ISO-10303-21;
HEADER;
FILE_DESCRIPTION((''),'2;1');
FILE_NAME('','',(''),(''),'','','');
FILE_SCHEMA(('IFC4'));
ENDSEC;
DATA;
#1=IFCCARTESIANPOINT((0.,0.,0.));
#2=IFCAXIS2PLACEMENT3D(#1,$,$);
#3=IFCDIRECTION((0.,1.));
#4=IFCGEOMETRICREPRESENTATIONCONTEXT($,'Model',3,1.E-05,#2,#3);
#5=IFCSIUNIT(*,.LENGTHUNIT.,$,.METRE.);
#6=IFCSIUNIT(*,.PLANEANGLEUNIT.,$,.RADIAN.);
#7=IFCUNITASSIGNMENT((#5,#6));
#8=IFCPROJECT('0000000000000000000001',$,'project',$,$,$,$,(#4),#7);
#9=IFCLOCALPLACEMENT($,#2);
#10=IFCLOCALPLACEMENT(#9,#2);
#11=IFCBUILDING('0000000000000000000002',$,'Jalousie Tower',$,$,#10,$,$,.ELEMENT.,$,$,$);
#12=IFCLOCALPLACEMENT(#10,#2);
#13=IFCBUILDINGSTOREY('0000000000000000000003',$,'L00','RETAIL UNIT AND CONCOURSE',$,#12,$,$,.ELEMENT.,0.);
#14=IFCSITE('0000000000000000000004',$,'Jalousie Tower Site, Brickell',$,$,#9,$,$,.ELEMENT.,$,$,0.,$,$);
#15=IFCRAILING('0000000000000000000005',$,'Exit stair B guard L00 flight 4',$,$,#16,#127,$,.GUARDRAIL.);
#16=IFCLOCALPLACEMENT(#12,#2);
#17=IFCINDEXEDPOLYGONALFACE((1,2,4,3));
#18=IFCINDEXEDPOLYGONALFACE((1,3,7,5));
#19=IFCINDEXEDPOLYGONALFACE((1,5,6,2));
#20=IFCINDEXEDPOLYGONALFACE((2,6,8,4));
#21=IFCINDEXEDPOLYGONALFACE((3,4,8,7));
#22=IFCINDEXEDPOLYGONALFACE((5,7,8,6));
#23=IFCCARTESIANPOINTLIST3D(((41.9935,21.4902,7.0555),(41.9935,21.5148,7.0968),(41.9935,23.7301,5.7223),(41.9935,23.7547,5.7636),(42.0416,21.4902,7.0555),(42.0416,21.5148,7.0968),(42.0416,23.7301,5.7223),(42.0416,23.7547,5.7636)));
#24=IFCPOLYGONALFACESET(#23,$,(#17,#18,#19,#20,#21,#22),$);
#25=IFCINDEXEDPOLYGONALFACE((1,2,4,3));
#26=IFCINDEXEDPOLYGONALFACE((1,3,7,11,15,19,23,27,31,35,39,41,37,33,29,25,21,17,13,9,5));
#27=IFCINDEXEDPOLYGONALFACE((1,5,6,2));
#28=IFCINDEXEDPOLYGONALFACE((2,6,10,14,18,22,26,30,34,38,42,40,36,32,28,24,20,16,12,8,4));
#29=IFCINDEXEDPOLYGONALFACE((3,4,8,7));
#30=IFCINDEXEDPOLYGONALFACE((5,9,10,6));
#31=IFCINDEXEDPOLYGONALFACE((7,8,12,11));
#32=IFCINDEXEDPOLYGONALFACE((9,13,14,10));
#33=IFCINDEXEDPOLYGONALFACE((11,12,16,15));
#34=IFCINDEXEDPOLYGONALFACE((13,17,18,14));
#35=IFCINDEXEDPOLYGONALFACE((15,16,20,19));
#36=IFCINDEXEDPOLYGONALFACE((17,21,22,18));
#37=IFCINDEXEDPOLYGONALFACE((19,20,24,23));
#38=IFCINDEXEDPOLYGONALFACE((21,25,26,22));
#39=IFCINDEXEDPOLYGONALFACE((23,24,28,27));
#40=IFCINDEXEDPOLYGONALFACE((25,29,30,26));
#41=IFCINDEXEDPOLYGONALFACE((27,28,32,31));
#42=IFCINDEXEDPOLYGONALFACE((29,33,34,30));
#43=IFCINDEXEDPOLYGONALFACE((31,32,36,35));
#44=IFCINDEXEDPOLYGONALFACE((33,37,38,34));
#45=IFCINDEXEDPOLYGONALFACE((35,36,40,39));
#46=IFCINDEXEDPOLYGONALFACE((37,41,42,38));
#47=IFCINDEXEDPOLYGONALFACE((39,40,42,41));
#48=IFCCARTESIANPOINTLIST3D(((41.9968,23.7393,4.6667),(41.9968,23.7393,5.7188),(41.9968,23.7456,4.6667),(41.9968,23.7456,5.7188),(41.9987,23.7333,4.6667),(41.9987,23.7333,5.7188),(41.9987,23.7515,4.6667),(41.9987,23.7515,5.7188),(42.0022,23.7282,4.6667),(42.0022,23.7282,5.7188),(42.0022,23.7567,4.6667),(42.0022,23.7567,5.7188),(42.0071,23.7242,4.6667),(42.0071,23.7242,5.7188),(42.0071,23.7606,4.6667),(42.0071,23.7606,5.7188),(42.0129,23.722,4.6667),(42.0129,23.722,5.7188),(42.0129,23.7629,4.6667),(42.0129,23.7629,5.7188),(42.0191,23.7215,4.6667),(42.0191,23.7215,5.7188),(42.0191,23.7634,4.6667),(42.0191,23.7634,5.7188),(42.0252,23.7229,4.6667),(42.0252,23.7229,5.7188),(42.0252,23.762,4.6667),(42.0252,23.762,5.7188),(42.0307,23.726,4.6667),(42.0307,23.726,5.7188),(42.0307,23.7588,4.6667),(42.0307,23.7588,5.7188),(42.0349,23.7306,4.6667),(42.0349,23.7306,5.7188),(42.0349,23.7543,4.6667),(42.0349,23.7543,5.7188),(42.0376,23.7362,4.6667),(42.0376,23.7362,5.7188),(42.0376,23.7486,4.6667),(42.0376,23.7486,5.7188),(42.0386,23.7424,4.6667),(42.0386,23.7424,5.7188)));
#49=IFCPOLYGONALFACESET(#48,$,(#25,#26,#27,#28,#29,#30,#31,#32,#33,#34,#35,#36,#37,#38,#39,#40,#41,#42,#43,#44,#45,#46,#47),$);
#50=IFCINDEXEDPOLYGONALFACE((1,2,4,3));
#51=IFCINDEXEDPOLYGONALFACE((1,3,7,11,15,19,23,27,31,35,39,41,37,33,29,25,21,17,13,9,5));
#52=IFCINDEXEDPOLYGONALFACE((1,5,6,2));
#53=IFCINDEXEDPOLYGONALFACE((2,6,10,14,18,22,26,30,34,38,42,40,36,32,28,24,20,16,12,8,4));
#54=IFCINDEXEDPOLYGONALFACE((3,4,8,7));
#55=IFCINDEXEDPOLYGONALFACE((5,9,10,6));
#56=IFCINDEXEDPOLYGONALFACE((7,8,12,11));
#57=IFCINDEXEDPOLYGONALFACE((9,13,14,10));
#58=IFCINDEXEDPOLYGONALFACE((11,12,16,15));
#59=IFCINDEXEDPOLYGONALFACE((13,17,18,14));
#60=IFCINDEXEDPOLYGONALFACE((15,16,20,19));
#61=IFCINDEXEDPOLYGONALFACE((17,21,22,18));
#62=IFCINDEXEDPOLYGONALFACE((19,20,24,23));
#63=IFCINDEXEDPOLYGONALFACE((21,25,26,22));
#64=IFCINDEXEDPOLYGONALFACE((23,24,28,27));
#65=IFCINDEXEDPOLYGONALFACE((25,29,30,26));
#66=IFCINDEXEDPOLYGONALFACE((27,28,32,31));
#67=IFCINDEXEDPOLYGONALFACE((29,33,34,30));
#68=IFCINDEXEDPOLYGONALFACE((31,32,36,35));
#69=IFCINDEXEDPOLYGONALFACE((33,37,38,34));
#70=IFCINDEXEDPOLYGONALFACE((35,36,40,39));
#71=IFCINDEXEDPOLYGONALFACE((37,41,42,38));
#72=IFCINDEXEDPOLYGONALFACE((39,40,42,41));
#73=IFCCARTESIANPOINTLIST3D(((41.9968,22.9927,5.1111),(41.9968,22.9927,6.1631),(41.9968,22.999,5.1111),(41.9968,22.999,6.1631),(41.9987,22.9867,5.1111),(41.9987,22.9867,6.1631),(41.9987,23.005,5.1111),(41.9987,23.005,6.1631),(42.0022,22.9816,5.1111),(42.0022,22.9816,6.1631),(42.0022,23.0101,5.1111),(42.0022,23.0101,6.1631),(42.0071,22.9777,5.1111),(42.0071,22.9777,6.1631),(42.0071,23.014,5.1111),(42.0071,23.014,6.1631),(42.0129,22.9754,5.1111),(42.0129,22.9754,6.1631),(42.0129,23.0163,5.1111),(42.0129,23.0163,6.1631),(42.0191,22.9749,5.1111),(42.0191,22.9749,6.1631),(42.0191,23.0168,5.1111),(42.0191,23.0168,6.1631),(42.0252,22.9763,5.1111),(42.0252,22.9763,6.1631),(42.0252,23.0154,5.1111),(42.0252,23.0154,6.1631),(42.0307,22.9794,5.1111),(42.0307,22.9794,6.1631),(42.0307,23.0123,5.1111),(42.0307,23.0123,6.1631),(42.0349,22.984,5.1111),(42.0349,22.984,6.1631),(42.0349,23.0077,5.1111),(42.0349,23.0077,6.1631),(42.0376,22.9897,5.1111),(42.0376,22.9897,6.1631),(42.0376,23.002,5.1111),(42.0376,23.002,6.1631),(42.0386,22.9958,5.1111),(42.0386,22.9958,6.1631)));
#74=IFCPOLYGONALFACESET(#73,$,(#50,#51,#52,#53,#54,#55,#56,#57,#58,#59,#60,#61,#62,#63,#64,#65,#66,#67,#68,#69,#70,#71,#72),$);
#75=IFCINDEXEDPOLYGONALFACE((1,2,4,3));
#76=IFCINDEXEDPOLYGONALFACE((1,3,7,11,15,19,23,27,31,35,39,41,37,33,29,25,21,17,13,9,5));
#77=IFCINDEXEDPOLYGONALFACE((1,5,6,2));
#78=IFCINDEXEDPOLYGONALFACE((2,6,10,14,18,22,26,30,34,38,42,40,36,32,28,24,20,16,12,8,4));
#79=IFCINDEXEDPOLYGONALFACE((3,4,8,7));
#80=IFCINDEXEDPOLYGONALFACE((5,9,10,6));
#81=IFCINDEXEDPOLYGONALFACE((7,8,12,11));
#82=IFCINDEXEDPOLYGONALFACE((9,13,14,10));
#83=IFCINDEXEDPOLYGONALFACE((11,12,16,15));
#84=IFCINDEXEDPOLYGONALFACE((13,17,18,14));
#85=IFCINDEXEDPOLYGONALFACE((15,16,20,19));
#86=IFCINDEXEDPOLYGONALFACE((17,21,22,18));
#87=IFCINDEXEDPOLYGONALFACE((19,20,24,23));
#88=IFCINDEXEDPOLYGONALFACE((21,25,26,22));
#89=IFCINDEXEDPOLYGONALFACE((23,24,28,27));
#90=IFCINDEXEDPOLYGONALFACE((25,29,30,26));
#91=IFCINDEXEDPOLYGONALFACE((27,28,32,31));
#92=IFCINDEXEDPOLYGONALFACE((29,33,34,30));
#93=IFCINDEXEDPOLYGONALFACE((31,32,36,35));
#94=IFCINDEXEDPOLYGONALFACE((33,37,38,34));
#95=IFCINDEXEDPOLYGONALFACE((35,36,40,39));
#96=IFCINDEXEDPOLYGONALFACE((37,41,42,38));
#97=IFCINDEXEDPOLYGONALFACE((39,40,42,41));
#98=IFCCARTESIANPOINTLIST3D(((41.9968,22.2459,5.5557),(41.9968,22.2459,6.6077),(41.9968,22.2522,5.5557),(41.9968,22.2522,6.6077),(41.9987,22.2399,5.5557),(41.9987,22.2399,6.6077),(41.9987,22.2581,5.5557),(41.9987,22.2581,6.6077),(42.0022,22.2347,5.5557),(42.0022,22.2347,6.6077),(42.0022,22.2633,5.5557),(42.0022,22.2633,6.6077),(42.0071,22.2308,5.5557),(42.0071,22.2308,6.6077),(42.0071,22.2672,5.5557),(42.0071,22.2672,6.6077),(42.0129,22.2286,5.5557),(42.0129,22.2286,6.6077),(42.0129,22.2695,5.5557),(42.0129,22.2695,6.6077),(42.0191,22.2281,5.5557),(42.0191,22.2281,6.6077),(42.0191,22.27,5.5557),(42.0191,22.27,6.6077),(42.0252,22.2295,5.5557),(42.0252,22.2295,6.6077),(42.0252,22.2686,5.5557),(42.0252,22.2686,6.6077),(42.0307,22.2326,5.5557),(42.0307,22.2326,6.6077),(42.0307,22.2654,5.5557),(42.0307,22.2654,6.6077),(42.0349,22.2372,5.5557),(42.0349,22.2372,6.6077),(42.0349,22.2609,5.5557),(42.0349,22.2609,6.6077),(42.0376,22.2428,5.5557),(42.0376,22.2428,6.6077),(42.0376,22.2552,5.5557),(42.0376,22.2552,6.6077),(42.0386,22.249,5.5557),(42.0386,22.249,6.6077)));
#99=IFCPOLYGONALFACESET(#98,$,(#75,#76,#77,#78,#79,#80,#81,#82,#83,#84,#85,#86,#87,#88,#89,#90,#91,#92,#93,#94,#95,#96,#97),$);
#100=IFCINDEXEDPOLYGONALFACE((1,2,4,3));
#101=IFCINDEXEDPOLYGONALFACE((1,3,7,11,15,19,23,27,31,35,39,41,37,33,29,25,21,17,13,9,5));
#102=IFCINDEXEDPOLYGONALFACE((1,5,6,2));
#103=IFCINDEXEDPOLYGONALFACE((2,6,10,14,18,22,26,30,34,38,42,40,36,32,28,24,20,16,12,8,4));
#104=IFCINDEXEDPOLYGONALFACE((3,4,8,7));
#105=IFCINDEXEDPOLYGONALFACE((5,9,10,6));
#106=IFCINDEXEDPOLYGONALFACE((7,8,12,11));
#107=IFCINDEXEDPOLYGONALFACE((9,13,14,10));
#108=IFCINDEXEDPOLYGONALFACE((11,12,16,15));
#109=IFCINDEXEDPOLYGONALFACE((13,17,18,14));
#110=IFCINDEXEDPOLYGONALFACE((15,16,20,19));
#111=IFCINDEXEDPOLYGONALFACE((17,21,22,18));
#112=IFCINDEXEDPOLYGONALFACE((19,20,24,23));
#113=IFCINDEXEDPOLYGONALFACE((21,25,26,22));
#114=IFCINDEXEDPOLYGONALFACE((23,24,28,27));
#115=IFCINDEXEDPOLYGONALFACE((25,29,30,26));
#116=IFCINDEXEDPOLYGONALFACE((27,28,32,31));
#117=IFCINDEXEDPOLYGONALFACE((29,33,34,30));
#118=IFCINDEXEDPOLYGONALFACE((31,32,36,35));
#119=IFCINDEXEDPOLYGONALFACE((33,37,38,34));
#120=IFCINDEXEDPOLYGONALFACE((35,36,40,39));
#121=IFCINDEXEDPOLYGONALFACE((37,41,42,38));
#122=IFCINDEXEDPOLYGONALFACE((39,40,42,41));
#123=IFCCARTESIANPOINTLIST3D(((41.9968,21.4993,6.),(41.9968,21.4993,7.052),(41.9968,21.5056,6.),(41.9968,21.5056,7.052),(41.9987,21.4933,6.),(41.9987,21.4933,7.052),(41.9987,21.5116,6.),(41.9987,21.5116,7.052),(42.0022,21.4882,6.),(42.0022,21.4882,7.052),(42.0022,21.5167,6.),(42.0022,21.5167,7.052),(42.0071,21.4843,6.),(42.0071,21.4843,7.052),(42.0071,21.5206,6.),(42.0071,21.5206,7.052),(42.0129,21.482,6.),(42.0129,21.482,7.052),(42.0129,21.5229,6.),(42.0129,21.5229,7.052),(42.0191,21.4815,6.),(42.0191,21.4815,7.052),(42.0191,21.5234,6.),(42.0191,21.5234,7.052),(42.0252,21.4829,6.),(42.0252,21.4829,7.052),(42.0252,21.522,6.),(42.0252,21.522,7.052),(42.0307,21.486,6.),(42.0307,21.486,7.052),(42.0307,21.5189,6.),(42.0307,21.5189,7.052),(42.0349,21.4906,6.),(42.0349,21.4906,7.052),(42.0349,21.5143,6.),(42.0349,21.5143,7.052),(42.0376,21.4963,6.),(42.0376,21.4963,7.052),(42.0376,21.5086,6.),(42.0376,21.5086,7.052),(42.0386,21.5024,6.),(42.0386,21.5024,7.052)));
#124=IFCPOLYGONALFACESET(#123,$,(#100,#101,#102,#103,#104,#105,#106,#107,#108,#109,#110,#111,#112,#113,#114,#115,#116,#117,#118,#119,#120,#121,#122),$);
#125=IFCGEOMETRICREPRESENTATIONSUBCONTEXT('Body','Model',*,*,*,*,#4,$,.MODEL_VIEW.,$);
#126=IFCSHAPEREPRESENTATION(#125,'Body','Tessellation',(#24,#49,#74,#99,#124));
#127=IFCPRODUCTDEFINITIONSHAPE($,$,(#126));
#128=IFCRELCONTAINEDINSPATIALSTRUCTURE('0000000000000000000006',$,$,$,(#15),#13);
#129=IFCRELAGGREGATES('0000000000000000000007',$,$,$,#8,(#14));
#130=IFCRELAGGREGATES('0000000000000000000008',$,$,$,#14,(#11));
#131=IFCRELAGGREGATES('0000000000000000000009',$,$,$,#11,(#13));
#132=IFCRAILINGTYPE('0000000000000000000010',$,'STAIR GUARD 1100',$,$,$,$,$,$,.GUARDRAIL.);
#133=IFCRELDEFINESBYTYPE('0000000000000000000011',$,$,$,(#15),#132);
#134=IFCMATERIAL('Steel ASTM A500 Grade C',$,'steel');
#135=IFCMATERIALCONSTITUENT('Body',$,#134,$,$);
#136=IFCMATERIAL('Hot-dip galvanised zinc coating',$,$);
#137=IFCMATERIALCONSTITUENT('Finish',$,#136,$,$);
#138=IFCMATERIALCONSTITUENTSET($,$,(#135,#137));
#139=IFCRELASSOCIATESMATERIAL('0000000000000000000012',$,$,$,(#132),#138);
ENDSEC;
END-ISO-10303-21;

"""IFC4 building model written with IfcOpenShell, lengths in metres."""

from ifc_helpers import new_model, si_unit, direction, frame, origin, origin_2d, place, context, subcontext, project, spatial, rectangle, circle, extrude, material, constituent, constituent_set, type_object, element, save


model = new_model("IFC4")

# Units and contexts
model_context = context("Model", 3, precision=1e-05, world=origin(), true_north=direction((0.0, 1.0)))
body_context = subcontext(model_context, "Body", "Model", "MODEL_VIEW")
ifc_project = project(units=[si_unit("LENGTHUNIT", "METRE"), si_unit("PLANEANGLEUNIT", "RADIAN")], contexts=[model_context])

# Site, building, storey
site_placement = place(None, origin())
site = spatial("IfcSite", under=ifc_project, at=site_placement, Name="Jalousie Tower Site, Brickell", CompositionType="ELEMENT", RefElevation=0.0)
building_placement = place(site_placement, origin())
building = spatial("IfcBuilding", under=site, at=building_placement, Name="Jalousie Tower", CompositionType="ELEMENT")
storey_placement = place(building_placement, origin())
storey = spatial("IfcBuildingStorey", under=building, at=storey_placement, Name="L00", Description="RETAIL UNIT AND CONCOURSE", CompositionType="ELEMENT", Elevation=0.0)

# Railing
ifc_material_1 = material(Name="Steel ASTM A500 Grade C", Category="steel")
ifc_constituent_1 = constituent(ifc_material_1, Name="Body")
ifc_material_2 = material(Name="Hot-dip galvanised zinc coating")
ifc_constituent_2 = constituent(ifc_material_2, Name="Finish")
ifc_constituent_set_1 = constituent_set(constituents=[ifc_constituent_1, ifc_constituent_2])
railing_type_1 = type_object("IfcRailingType", Name="STAIR GUARD 1100", PredefinedType="GUARDRAIL", material=ifc_constituent_set_1)
railing_1_placement = place(storey_placement, frame((42.0176, 23.7424, 4.6667)))
element("IfcRailing", 1, at=railing_1_placement, inside=storey, type_object=railing_type_1, Name="Exit stair B guard L00 flight 4", PredefinedType="GUARDRAIL", context=body_context, shape_type="SweptSolid", body=[
    extrude(rectangle(XDim=0.0481, YDim=0.0481, at=origin_2d()), frame((0.0, 0.0, 1.0762), z_axis=(0.0, -0.859306, 0.511462), x_axis=(1.0, 0.0, 0.0)), (0.0, 0.0, 1.0), 2.6067),
    extrude(circle(Radius=0.021, at=origin_2d()), origin(), (0.0, 0.0, 1.0), 1.052),
    extrude(circle(Radius=0.021, at=origin_2d()), frame((0.0, -0.7466, 0.4443)), (0.0, 0.0, 1.0), 1.052),
    extrude(circle(Radius=0.021, at=origin_2d()), frame((0.0, -1.4934, 0.8889)), (0.0, 0.0, 1.0), 1.052),
    extrude(circle(Radius=0.021, at=origin_2d()), frame((0.0, -2.24, 1.3333)), (0.0, 0.0, 1.0), 1.052),
])

save(model, "model.ifc")
